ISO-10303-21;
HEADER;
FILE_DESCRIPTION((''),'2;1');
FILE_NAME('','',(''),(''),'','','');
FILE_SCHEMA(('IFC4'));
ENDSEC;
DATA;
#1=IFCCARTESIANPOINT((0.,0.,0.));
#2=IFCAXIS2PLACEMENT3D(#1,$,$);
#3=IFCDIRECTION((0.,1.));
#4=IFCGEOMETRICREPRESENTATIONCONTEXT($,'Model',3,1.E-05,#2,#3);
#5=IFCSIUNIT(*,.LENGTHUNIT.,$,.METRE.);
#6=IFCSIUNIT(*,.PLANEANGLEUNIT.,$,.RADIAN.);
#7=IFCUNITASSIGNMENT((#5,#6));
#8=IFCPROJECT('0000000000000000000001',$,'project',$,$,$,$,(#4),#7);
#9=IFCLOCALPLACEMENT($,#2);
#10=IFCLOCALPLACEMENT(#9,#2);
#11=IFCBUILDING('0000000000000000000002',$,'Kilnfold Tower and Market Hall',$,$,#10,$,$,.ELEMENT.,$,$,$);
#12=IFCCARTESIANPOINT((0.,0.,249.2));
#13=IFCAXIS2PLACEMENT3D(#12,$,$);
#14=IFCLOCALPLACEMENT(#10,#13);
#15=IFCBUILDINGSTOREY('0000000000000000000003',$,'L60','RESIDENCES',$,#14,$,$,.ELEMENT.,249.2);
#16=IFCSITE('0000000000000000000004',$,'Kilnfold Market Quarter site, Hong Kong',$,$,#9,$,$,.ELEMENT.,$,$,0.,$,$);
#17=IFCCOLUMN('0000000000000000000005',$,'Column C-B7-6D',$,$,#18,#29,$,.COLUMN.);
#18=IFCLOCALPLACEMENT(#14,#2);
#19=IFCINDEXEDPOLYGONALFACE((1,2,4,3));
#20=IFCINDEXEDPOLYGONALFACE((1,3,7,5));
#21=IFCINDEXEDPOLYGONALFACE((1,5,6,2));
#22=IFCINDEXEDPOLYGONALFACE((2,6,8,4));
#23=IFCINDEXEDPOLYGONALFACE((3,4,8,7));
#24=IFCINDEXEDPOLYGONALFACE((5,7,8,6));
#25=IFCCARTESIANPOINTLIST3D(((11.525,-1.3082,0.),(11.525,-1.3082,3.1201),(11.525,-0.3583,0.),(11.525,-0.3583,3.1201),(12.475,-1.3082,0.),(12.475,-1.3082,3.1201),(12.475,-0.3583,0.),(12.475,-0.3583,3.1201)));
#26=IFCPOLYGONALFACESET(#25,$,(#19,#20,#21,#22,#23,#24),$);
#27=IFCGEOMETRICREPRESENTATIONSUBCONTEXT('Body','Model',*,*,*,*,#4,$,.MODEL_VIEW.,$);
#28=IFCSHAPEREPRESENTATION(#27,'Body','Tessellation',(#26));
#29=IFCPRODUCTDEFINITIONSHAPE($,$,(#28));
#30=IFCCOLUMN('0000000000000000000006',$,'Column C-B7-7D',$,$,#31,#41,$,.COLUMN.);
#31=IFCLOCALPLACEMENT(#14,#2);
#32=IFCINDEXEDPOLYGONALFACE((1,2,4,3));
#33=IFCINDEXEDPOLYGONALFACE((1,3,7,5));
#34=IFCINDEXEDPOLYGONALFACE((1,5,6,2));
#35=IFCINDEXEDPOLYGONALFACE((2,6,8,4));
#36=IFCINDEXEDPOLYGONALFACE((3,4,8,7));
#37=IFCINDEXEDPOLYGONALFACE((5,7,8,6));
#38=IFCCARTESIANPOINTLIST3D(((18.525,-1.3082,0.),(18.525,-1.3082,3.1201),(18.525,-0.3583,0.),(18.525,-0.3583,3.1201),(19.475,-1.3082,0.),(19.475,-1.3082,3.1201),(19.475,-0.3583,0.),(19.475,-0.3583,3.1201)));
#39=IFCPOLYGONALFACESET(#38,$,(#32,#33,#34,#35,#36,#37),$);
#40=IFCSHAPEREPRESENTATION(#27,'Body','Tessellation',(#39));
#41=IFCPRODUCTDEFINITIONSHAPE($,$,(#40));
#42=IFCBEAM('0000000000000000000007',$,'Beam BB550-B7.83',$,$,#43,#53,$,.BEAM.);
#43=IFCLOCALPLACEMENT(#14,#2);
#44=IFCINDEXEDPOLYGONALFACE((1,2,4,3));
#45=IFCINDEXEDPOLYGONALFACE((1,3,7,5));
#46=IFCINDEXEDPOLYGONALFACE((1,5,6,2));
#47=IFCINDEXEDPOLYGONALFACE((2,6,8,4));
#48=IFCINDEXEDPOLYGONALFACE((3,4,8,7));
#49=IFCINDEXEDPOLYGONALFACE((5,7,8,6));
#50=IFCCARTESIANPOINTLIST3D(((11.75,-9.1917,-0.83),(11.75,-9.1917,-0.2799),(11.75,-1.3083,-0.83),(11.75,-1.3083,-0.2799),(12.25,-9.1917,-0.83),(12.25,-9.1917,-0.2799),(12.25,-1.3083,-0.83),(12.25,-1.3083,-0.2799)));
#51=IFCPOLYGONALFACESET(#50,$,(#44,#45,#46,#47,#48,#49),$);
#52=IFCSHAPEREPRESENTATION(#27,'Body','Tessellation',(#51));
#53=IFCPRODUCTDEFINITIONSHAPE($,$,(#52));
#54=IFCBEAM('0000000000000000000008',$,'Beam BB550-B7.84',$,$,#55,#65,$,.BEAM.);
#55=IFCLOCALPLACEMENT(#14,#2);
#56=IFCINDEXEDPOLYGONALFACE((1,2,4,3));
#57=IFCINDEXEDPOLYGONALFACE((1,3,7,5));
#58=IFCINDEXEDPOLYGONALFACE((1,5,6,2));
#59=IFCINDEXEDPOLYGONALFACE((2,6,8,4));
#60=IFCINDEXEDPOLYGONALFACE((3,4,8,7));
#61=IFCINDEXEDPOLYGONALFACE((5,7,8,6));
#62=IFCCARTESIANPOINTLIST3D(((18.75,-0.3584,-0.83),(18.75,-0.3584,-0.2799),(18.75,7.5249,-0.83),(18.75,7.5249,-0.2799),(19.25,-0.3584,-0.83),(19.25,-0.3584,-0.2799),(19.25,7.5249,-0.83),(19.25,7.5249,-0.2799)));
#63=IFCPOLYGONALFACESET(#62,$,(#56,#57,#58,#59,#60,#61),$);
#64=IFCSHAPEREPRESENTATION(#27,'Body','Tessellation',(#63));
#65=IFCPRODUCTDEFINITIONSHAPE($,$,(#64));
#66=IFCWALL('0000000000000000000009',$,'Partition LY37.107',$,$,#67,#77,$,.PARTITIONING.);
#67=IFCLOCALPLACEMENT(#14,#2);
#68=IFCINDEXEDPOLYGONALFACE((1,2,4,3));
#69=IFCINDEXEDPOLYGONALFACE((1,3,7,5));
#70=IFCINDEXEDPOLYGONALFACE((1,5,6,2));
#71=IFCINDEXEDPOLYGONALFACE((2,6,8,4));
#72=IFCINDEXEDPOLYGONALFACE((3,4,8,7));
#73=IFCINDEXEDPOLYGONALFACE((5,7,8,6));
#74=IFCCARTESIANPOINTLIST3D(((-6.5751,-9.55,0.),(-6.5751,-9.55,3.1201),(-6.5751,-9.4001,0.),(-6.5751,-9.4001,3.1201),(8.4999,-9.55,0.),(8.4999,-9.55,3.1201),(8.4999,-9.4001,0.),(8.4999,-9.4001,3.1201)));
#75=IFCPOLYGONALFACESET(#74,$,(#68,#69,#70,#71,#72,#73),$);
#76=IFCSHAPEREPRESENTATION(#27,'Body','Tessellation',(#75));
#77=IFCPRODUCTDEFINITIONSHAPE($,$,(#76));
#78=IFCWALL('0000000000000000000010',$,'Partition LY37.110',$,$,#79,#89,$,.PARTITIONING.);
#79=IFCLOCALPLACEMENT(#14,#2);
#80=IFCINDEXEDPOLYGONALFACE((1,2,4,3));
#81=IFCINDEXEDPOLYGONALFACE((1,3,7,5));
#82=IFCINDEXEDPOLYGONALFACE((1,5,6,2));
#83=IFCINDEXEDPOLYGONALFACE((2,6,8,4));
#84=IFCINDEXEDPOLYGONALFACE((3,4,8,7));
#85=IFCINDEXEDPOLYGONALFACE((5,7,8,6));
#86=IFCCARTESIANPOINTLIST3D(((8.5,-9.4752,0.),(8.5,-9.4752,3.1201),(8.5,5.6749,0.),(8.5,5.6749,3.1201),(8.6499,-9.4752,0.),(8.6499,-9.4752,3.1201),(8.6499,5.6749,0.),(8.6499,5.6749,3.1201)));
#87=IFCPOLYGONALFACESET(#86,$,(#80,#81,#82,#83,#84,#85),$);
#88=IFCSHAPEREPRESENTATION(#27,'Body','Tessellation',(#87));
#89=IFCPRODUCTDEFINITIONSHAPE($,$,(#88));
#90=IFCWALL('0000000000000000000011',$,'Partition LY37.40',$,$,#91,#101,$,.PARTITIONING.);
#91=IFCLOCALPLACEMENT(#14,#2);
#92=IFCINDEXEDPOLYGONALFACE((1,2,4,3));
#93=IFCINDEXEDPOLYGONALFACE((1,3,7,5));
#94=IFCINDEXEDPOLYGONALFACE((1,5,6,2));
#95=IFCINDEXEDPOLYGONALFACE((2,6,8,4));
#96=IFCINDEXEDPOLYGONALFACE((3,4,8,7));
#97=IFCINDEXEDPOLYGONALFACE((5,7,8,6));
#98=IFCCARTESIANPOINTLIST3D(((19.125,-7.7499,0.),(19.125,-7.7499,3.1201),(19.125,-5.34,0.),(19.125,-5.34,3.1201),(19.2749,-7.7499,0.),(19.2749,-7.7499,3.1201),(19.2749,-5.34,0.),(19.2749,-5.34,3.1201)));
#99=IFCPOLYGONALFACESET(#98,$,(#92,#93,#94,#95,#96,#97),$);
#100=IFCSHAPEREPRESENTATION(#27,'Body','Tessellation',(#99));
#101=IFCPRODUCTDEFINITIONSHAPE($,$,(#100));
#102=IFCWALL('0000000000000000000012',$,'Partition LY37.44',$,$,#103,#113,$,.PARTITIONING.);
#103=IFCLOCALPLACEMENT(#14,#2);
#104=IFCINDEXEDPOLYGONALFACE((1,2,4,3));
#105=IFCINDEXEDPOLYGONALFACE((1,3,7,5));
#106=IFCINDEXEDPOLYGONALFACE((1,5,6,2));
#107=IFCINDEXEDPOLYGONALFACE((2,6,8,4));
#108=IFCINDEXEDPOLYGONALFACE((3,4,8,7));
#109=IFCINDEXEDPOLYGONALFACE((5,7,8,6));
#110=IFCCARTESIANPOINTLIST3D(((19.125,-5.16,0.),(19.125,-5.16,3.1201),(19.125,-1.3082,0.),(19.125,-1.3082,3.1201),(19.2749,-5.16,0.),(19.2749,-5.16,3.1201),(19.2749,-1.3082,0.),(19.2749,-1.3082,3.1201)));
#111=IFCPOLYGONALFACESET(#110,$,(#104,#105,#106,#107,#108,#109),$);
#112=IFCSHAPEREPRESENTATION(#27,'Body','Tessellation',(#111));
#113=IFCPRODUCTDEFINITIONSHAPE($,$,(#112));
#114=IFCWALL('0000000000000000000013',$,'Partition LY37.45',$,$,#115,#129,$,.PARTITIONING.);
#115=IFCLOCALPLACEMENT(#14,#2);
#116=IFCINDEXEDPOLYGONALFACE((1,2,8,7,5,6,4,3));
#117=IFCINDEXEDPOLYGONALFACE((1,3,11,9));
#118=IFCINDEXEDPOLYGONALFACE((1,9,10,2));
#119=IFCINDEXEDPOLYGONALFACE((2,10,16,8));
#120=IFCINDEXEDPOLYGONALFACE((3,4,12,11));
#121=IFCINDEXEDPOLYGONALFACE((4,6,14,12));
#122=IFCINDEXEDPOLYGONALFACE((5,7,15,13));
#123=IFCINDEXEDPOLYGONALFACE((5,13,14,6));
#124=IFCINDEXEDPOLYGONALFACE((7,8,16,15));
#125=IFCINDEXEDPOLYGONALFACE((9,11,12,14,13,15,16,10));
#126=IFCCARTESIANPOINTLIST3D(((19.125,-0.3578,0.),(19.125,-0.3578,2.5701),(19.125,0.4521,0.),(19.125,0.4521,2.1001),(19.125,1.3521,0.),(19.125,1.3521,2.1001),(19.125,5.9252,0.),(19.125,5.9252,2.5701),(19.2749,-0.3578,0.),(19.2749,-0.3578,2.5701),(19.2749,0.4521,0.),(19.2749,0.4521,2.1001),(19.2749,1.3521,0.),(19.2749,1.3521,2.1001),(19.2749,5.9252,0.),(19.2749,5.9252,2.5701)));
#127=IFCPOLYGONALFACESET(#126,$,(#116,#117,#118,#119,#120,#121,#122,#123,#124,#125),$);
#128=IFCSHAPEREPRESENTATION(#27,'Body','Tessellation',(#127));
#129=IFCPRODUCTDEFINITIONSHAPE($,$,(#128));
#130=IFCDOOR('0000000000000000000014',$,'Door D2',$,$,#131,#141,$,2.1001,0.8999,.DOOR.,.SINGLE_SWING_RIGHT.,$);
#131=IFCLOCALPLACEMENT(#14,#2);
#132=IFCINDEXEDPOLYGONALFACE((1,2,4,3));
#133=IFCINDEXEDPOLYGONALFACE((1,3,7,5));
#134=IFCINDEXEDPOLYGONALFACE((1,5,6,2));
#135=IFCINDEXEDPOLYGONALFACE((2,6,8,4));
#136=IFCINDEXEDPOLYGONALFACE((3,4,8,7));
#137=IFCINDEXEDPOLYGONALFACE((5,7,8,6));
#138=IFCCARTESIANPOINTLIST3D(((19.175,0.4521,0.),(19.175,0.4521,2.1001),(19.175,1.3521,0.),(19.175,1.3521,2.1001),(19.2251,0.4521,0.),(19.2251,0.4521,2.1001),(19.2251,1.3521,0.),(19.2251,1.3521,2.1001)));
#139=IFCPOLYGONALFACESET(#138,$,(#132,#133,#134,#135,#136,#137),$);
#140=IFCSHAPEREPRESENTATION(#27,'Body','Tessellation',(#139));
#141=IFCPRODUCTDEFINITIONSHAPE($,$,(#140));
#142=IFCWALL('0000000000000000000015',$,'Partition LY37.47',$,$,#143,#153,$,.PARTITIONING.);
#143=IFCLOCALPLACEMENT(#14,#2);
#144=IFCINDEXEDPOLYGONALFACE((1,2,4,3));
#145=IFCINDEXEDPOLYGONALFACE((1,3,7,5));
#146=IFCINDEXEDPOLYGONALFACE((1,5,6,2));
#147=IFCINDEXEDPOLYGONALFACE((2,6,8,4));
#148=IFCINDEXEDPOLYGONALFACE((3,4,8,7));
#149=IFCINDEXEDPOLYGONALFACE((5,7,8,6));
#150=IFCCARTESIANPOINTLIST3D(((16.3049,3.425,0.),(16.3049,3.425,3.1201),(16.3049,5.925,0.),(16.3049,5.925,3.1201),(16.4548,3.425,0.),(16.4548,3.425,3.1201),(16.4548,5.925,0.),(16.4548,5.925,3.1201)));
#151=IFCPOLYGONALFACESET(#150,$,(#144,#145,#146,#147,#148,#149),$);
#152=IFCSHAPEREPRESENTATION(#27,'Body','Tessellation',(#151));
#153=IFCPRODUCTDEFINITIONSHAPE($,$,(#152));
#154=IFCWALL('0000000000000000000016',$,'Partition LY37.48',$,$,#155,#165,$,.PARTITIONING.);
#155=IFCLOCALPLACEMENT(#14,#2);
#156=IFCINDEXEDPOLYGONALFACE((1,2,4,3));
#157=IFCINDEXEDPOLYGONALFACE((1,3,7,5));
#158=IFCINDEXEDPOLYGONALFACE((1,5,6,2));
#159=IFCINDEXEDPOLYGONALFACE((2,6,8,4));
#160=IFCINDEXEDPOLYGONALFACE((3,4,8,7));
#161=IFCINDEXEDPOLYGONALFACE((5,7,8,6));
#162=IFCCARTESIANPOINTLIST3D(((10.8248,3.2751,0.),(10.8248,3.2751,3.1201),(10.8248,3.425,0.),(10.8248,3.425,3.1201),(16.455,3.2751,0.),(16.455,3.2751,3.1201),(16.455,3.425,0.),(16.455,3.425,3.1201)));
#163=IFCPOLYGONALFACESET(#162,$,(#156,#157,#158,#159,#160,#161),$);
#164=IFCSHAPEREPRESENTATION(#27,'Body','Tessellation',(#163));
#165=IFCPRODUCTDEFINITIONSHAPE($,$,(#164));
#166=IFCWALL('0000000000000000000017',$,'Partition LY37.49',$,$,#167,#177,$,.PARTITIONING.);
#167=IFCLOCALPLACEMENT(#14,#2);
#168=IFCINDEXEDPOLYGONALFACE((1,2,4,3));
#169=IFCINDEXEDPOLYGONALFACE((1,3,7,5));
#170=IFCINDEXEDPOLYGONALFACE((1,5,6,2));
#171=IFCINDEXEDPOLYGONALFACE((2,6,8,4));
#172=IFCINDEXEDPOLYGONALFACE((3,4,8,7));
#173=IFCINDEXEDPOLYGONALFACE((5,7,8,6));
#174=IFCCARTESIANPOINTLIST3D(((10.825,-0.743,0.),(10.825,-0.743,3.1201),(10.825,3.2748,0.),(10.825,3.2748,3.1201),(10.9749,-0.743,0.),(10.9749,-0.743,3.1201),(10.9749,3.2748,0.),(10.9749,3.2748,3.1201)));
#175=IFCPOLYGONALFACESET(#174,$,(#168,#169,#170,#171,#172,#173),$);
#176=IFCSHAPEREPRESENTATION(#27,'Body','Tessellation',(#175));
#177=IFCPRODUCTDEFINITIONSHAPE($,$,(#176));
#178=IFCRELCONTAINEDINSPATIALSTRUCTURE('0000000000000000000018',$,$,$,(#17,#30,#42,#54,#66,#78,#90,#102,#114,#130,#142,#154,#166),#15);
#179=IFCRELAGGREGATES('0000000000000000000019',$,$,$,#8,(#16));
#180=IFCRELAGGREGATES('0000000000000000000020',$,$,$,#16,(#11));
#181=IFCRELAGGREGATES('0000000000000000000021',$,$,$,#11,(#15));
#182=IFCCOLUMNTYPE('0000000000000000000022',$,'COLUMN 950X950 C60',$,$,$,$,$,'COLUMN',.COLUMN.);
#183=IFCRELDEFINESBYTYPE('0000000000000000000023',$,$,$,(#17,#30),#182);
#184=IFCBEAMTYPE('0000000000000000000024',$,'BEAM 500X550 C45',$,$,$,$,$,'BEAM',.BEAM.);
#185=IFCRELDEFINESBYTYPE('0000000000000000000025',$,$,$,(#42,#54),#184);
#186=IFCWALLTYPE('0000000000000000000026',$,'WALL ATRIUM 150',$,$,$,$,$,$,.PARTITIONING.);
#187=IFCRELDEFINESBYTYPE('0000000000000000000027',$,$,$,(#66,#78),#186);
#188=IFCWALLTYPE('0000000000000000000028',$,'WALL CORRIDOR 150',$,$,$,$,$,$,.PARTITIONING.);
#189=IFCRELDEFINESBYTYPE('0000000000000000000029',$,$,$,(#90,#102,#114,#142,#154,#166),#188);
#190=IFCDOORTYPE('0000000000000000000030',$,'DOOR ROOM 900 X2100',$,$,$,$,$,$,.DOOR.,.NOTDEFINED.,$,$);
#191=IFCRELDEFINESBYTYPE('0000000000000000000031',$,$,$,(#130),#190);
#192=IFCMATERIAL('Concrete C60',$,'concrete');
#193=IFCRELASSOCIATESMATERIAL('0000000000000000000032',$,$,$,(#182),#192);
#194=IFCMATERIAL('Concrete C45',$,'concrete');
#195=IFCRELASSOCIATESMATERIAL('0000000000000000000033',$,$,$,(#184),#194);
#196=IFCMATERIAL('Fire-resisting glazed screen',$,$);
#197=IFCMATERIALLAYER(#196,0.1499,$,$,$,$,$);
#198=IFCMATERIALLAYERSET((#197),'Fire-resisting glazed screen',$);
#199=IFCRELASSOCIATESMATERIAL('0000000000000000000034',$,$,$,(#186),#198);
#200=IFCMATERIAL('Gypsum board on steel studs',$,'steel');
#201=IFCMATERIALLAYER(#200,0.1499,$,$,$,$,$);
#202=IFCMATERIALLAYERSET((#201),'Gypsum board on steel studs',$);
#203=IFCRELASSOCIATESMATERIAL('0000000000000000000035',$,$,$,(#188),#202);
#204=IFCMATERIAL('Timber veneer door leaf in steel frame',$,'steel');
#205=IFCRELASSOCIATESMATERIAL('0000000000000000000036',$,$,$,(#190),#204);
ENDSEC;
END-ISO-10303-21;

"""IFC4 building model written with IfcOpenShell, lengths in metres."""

from ifc_helpers import new_model, si_unit, direction, frame, frame_2d, origin, origin_2d, place, context, subcontext, project, spatial, rectangle, extrude, source, transform, mapped, material, layer, layer_set, material_profile, profile_set, type_object, element, fill, save


model = new_model("IFC4")

# Units and contexts
model_context = context("Model", 3, precision=1e-05, world=origin(), true_north=direction((0.0, 1.0)))
body_context = subcontext(model_context, "Body", "Model", "MODEL_VIEW")
ifc_project = project(units=[si_unit("LENGTHUNIT", "METRE"), si_unit("PLANEANGLEUNIT", "RADIAN")], contexts=[model_context])

# Site, building, storey
site_placement = place(None, origin())
site = spatial("IfcSite", under=ifc_project, at=site_placement, Name="Kilnfold Market Quarter site, Hong Kong", CompositionType="ELEMENT", RefElevation=0.0)
building_placement = place(site_placement, origin())
building = spatial("IfcBuilding", under=site, at=building_placement, Name="Kilnfold Tower and Market Hall", CompositionType="ELEMENT")
storey_placement = place(building_placement, frame((0.0, 0.0, 249.2)))
storey = spatial("IfcBuildingStorey", under=building, at=storey_placement, Name="L60", Description="RESIDENCES", CompositionType="ELEMENT", Elevation=249.2)

# Columns
ifc_material_1 = material(Name="Concrete C60", Category="concrete")
ifc_material_profile_1 = material_profile(ifc_material_1, rectangle(XDim=0.95, YDim=0.95, at=origin_2d()), Name="RC 950x950")
ifc_profile_set_1 = profile_set([ifc_material_profile_1], Name="Concrete C60")
column_type = type_object("IfcColumnType", Name="COLUMN 950X950 C60", ElementType="COLUMN", PredefinedType="COLUMN", material=ifc_profile_set_1)
shared_shape_1 = source(origin(), body_context, "Body", "SweptSolid", [
    extrude(rectangle(XDim=0.95, YDim=0.95, at=origin_2d()), origin(), (0.0, 0.0, 1.0), 3.1201),
])
for number, where, z_axis, x_axis, name in (
    (1, (12.0, -0.8333, 0.0), (0.0, 0.0, 1.0), (1.0, 0.0, 0.0), "Column C-B7-6D"),
    (2, (19.0, -0.8333, 0.0), (0.0, 0.0, 1.0), (1.0, 0.0, 0.0), "Column C-B7-7D"),
):
    element("IfcColumn", number, at=place(storey_placement, frame(where, z_axis=z_axis, x_axis=x_axis)), inside=storey, type_object=column_type, Name=name, PredefinedType="COLUMN", context=body_context, shape_type="MappedRepresentation", body=[
        mapped(shared_shape_1, transform((0.0, 0.0, 0.0))),
    ])

# Beams
ifc_material_2 = material(Name="Concrete C45", Category="concrete")
ifc_material_profile_2 = material_profile(ifc_material_2, rectangle(XDim=0.5, YDim=0.55, at=origin_2d()), Name="RC 500x550")
ifc_profile_set_2 = profile_set([ifc_material_profile_2], Name="Concrete C45")
beam_type = type_object("IfcBeamType", Name="BEAM 500X550 C45", ElementType="BEAM", PredefinedType="BEAM", material=ifc_profile_set_2)
shared_shape_2 = source(origin(), body_context, "Body", "SweptSolid", [
    extrude(rectangle(XDim=0.5, YDim=0.55, at=origin_2d()), origin(), (0.0, 0.0, 1.0), 7.8833),
])
for number, where, z_axis, x_axis, name in (
    (3, (12.0, -9.1917, -0.5549), (0.0, 1.0, 0.0), (-1.0, 0.0, 0.0), "Beam BB550-B7.83"),
    (4, (19.0, -0.3584, -0.5549), (0.0, 1.0, 0.0), (-1.0, 0.0, 0.0), "Beam BB550-B7.84"),
):
    element("IfcBeam", number, at=place(storey_placement, frame(where, z_axis=z_axis, x_axis=x_axis)), inside=storey, type_object=beam_type, Name=name, PredefinedType="BEAM", context=body_context, shape_type="MappedRepresentation", body=[
        mapped(shared_shape_2, transform((0.0, 0.0, 0.0))),
    ])

# Walls
ifc_material_3 = material(Name="Fire-resisting glazed screen")
ifc_layer_1 = layer(ifc_material_3, 0.1499)
ifc_layer_set_1 = layer_set([ifc_layer_1], Name="Fire-resisting glazed screen")
wall_type_1 = type_object("IfcWallType", Name="WALL ATRIUM 150", PredefinedType="PARTITIONING", material=ifc_layer_set_1)
wall_1_placement = place(storey_placement, frame((8.5, -9.4751, 0.0), z_axis=(0.0, 0.0, 1.0), x_axis=(-1.0, 0.0, 0.0)))
element("IfcWall", 5, at=wall_1_placement, inside=storey, type_object=wall_type_1, Name="Partition LY37.107", PredefinedType="PARTITIONING", context=body_context, shape_type="SweptSolid", body=[
    extrude(rectangle(XDim=15.075, YDim=0.1499, at=frame_2d((7.5376, 0.0))), origin(), (0.0, 0.0, 1.0), 3.1201),
])
wall_2_placement = place(storey_placement, frame((8.575, 5.675, 0.0), z_axis=(0.0, 0.0, 1.0), x_axis=(0.0, -1.0, 0.0)))
element("IfcWall", 6, at=wall_2_placement, inside=storey, type_object=wall_type_1, Name="Partition LY37.110", PredefinedType="PARTITIONING", context=body_context, shape_type="SweptSolid", body=[
    extrude(rectangle(XDim=15.1501, YDim=0.1499, at=frame_2d((7.5752, 0.0))), origin(), (0.0, 0.0, 1.0), 3.1201),
])
ifc_material_4 = material(Name="Gypsum board on steel studs", Category="steel")
ifc_layer_2 = layer(ifc_material_4, 0.1499)
ifc_layer_set_2 = layer_set([ifc_layer_2], Name="Gypsum board on steel studs")
wall_type_2 = type_object("IfcWallType", Name="WALL CORRIDOR 150", PredefinedType="PARTITIONING", material=ifc_layer_set_2)
wall_3_placement = place(storey_placement, frame((19.2, -7.75, 0.0), z_axis=(0.0, 0.0, 1.0), x_axis=(0.0, 1.0, 0.0)))
element("IfcWall", 7, at=wall_3_placement, inside=storey, type_object=wall_type_2, Name="Partition LY37.40", PredefinedType="PARTITIONING", context=body_context, shape_type="SweptSolid", body=[
    extrude(rectangle(XDim=2.4099, YDim=0.1499, at=frame_2d((1.2051, 0.0))), origin(), (0.0, 0.0, 1.0), 3.1201),
])
wall_4_placement = place(storey_placement, frame((19.2, -5.1599, 0.0), z_axis=(0.0, 0.0, 1.0), x_axis=(0.0, 1.0, 0.0)))
element("IfcWall", 8, at=wall_4_placement, inside=storey, type_object=wall_type_2, Name="Partition LY37.44", PredefinedType="PARTITIONING", context=body_context, shape_type="SweptSolid", body=[
    extrude(rectangle(XDim=3.8518, YDim=0.1499, at=frame_2d((1.9258, 0.0))), origin(), (0.0, 0.0, 1.0), 3.1201),
])

# Wall, opening, door
wall_5_placement = place(storey_placement, frame((19.2, -0.3579, 0.0), z_axis=(0.0, 0.0, 1.0), x_axis=(0.0, 1.0, 0.0)))
wall_5 = element("IfcWall", 9, at=wall_5_placement, inside=storey, type_object=wall_type_2, Name="Partition LY37.45", PredefinedType="PARTITIONING", context=body_context, shape_type="SweptSolid", body=[
    extrude(rectangle(XDim=6.283, YDim=0.1499, at=frame_2d((3.1416, 0.0))), origin(), (0.0, 0.0, 1.0), 2.5701),
])
opening_1_placement = place(wall_5_placement, frame((0.8101, 0.0, 0.0)))
opening_1 = element("IfcOpeningElement", 10, at=opening_1_placement, cuts=wall_5, PredefinedType="OPENING", context=body_context, shape_type="SweptSolid", body=[
    extrude(rectangle(XDim=0.8999, YDim=2.1001, at=frame_2d((0.45, 1.05))), frame((0.0, 0.085, 0.0), z_axis=(0.0, -1.0, 0.0), x_axis=(1.0, 0.0, 0.0)), (0.0, 0.0, 1.0), 0.1699),
])
ifc_material_5 = material(Name="Timber veneer door leaf in steel frame", Category="steel")
door_type_1 = type_object("IfcDoorType", Name="DOOR ROOM 900 X2100", OperationType="NOTDEFINED", PredefinedType="DOOR", material=ifc_material_5)
door_1_placement = place(opening_1_placement, origin())
door_1 = element("IfcDoor", 11, at=door_1_placement, inside=storey, type_object=door_type_1, Name="Door D2", OperationType="SINGLE_SWING_RIGHT", OverallHeight=2.1001, OverallWidth=0.8999, PredefinedType="DOOR", context=body_context, shape_type="SweptSolid", body=[
    extrude(rectangle(XDim=0.8999, YDim=2.1001, at=frame_2d((0.45, 1.05))), frame((0.0, 0.0249, 0.0), z_axis=(0.0, -1.0, 0.0), x_axis=(1.0, 0.0, 0.0)), (0.0, 0.0, 1.0), 0.05),
])
fill(opening_1, door_1)

# Walls
wall_6_placement = place(storey_placement, frame((16.3799, 3.425, 0.0), z_axis=(0.0, 0.0, 1.0), x_axis=(0.0, 1.0, 0.0)))
element("IfcWall", 12, at=wall_6_placement, inside=storey, type_object=wall_type_2, Name="Partition LY37.47", PredefinedType="PARTITIONING", context=body_context, shape_type="SweptSolid", body=[
    extrude(rectangle(XDim=2.5, YDim=0.1499, at=frame_2d((1.25, 0.0))), origin(), (0.0, 0.0, 1.0), 3.1201),
])
wall_7_placement = place(storey_placement, frame((10.825, 3.3501, 0.0), z_axis=(0.0, 0.0, 1.0), x_axis=(1.0, 0.0, 0.0)))
element("IfcWall", 13, at=wall_7_placement, inside=storey, type_object=wall_type_2, Name="Partition LY37.48", PredefinedType="PARTITIONING", context=body_context, shape_type="SweptSolid", body=[
    extrude(rectangle(XDim=5.6301, YDim=0.1499, at=frame_2d((2.8149, 0.0))), origin(), (0.0, 0.0, 1.0), 3.1201),
])
wall_8_placement = place(storey_placement, frame((10.8999, -0.7429, 0.0), z_axis=(0.0, 0.0, 1.0), x_axis=(0.0, 1.0, 0.0)))
element("IfcWall", 14, at=wall_8_placement, inside=storey, type_object=wall_type_2, Name="Partition LY37.49", PredefinedType="PARTITIONING", context=body_context, shape_type="SweptSolid", body=[
    extrude(rectangle(XDim=4.0178, YDim=0.1499, at=frame_2d((2.0088, 0.0))), origin(), (0.0, 0.0, 1.0), 3.1201),
])

save(model, "model.ifc")
